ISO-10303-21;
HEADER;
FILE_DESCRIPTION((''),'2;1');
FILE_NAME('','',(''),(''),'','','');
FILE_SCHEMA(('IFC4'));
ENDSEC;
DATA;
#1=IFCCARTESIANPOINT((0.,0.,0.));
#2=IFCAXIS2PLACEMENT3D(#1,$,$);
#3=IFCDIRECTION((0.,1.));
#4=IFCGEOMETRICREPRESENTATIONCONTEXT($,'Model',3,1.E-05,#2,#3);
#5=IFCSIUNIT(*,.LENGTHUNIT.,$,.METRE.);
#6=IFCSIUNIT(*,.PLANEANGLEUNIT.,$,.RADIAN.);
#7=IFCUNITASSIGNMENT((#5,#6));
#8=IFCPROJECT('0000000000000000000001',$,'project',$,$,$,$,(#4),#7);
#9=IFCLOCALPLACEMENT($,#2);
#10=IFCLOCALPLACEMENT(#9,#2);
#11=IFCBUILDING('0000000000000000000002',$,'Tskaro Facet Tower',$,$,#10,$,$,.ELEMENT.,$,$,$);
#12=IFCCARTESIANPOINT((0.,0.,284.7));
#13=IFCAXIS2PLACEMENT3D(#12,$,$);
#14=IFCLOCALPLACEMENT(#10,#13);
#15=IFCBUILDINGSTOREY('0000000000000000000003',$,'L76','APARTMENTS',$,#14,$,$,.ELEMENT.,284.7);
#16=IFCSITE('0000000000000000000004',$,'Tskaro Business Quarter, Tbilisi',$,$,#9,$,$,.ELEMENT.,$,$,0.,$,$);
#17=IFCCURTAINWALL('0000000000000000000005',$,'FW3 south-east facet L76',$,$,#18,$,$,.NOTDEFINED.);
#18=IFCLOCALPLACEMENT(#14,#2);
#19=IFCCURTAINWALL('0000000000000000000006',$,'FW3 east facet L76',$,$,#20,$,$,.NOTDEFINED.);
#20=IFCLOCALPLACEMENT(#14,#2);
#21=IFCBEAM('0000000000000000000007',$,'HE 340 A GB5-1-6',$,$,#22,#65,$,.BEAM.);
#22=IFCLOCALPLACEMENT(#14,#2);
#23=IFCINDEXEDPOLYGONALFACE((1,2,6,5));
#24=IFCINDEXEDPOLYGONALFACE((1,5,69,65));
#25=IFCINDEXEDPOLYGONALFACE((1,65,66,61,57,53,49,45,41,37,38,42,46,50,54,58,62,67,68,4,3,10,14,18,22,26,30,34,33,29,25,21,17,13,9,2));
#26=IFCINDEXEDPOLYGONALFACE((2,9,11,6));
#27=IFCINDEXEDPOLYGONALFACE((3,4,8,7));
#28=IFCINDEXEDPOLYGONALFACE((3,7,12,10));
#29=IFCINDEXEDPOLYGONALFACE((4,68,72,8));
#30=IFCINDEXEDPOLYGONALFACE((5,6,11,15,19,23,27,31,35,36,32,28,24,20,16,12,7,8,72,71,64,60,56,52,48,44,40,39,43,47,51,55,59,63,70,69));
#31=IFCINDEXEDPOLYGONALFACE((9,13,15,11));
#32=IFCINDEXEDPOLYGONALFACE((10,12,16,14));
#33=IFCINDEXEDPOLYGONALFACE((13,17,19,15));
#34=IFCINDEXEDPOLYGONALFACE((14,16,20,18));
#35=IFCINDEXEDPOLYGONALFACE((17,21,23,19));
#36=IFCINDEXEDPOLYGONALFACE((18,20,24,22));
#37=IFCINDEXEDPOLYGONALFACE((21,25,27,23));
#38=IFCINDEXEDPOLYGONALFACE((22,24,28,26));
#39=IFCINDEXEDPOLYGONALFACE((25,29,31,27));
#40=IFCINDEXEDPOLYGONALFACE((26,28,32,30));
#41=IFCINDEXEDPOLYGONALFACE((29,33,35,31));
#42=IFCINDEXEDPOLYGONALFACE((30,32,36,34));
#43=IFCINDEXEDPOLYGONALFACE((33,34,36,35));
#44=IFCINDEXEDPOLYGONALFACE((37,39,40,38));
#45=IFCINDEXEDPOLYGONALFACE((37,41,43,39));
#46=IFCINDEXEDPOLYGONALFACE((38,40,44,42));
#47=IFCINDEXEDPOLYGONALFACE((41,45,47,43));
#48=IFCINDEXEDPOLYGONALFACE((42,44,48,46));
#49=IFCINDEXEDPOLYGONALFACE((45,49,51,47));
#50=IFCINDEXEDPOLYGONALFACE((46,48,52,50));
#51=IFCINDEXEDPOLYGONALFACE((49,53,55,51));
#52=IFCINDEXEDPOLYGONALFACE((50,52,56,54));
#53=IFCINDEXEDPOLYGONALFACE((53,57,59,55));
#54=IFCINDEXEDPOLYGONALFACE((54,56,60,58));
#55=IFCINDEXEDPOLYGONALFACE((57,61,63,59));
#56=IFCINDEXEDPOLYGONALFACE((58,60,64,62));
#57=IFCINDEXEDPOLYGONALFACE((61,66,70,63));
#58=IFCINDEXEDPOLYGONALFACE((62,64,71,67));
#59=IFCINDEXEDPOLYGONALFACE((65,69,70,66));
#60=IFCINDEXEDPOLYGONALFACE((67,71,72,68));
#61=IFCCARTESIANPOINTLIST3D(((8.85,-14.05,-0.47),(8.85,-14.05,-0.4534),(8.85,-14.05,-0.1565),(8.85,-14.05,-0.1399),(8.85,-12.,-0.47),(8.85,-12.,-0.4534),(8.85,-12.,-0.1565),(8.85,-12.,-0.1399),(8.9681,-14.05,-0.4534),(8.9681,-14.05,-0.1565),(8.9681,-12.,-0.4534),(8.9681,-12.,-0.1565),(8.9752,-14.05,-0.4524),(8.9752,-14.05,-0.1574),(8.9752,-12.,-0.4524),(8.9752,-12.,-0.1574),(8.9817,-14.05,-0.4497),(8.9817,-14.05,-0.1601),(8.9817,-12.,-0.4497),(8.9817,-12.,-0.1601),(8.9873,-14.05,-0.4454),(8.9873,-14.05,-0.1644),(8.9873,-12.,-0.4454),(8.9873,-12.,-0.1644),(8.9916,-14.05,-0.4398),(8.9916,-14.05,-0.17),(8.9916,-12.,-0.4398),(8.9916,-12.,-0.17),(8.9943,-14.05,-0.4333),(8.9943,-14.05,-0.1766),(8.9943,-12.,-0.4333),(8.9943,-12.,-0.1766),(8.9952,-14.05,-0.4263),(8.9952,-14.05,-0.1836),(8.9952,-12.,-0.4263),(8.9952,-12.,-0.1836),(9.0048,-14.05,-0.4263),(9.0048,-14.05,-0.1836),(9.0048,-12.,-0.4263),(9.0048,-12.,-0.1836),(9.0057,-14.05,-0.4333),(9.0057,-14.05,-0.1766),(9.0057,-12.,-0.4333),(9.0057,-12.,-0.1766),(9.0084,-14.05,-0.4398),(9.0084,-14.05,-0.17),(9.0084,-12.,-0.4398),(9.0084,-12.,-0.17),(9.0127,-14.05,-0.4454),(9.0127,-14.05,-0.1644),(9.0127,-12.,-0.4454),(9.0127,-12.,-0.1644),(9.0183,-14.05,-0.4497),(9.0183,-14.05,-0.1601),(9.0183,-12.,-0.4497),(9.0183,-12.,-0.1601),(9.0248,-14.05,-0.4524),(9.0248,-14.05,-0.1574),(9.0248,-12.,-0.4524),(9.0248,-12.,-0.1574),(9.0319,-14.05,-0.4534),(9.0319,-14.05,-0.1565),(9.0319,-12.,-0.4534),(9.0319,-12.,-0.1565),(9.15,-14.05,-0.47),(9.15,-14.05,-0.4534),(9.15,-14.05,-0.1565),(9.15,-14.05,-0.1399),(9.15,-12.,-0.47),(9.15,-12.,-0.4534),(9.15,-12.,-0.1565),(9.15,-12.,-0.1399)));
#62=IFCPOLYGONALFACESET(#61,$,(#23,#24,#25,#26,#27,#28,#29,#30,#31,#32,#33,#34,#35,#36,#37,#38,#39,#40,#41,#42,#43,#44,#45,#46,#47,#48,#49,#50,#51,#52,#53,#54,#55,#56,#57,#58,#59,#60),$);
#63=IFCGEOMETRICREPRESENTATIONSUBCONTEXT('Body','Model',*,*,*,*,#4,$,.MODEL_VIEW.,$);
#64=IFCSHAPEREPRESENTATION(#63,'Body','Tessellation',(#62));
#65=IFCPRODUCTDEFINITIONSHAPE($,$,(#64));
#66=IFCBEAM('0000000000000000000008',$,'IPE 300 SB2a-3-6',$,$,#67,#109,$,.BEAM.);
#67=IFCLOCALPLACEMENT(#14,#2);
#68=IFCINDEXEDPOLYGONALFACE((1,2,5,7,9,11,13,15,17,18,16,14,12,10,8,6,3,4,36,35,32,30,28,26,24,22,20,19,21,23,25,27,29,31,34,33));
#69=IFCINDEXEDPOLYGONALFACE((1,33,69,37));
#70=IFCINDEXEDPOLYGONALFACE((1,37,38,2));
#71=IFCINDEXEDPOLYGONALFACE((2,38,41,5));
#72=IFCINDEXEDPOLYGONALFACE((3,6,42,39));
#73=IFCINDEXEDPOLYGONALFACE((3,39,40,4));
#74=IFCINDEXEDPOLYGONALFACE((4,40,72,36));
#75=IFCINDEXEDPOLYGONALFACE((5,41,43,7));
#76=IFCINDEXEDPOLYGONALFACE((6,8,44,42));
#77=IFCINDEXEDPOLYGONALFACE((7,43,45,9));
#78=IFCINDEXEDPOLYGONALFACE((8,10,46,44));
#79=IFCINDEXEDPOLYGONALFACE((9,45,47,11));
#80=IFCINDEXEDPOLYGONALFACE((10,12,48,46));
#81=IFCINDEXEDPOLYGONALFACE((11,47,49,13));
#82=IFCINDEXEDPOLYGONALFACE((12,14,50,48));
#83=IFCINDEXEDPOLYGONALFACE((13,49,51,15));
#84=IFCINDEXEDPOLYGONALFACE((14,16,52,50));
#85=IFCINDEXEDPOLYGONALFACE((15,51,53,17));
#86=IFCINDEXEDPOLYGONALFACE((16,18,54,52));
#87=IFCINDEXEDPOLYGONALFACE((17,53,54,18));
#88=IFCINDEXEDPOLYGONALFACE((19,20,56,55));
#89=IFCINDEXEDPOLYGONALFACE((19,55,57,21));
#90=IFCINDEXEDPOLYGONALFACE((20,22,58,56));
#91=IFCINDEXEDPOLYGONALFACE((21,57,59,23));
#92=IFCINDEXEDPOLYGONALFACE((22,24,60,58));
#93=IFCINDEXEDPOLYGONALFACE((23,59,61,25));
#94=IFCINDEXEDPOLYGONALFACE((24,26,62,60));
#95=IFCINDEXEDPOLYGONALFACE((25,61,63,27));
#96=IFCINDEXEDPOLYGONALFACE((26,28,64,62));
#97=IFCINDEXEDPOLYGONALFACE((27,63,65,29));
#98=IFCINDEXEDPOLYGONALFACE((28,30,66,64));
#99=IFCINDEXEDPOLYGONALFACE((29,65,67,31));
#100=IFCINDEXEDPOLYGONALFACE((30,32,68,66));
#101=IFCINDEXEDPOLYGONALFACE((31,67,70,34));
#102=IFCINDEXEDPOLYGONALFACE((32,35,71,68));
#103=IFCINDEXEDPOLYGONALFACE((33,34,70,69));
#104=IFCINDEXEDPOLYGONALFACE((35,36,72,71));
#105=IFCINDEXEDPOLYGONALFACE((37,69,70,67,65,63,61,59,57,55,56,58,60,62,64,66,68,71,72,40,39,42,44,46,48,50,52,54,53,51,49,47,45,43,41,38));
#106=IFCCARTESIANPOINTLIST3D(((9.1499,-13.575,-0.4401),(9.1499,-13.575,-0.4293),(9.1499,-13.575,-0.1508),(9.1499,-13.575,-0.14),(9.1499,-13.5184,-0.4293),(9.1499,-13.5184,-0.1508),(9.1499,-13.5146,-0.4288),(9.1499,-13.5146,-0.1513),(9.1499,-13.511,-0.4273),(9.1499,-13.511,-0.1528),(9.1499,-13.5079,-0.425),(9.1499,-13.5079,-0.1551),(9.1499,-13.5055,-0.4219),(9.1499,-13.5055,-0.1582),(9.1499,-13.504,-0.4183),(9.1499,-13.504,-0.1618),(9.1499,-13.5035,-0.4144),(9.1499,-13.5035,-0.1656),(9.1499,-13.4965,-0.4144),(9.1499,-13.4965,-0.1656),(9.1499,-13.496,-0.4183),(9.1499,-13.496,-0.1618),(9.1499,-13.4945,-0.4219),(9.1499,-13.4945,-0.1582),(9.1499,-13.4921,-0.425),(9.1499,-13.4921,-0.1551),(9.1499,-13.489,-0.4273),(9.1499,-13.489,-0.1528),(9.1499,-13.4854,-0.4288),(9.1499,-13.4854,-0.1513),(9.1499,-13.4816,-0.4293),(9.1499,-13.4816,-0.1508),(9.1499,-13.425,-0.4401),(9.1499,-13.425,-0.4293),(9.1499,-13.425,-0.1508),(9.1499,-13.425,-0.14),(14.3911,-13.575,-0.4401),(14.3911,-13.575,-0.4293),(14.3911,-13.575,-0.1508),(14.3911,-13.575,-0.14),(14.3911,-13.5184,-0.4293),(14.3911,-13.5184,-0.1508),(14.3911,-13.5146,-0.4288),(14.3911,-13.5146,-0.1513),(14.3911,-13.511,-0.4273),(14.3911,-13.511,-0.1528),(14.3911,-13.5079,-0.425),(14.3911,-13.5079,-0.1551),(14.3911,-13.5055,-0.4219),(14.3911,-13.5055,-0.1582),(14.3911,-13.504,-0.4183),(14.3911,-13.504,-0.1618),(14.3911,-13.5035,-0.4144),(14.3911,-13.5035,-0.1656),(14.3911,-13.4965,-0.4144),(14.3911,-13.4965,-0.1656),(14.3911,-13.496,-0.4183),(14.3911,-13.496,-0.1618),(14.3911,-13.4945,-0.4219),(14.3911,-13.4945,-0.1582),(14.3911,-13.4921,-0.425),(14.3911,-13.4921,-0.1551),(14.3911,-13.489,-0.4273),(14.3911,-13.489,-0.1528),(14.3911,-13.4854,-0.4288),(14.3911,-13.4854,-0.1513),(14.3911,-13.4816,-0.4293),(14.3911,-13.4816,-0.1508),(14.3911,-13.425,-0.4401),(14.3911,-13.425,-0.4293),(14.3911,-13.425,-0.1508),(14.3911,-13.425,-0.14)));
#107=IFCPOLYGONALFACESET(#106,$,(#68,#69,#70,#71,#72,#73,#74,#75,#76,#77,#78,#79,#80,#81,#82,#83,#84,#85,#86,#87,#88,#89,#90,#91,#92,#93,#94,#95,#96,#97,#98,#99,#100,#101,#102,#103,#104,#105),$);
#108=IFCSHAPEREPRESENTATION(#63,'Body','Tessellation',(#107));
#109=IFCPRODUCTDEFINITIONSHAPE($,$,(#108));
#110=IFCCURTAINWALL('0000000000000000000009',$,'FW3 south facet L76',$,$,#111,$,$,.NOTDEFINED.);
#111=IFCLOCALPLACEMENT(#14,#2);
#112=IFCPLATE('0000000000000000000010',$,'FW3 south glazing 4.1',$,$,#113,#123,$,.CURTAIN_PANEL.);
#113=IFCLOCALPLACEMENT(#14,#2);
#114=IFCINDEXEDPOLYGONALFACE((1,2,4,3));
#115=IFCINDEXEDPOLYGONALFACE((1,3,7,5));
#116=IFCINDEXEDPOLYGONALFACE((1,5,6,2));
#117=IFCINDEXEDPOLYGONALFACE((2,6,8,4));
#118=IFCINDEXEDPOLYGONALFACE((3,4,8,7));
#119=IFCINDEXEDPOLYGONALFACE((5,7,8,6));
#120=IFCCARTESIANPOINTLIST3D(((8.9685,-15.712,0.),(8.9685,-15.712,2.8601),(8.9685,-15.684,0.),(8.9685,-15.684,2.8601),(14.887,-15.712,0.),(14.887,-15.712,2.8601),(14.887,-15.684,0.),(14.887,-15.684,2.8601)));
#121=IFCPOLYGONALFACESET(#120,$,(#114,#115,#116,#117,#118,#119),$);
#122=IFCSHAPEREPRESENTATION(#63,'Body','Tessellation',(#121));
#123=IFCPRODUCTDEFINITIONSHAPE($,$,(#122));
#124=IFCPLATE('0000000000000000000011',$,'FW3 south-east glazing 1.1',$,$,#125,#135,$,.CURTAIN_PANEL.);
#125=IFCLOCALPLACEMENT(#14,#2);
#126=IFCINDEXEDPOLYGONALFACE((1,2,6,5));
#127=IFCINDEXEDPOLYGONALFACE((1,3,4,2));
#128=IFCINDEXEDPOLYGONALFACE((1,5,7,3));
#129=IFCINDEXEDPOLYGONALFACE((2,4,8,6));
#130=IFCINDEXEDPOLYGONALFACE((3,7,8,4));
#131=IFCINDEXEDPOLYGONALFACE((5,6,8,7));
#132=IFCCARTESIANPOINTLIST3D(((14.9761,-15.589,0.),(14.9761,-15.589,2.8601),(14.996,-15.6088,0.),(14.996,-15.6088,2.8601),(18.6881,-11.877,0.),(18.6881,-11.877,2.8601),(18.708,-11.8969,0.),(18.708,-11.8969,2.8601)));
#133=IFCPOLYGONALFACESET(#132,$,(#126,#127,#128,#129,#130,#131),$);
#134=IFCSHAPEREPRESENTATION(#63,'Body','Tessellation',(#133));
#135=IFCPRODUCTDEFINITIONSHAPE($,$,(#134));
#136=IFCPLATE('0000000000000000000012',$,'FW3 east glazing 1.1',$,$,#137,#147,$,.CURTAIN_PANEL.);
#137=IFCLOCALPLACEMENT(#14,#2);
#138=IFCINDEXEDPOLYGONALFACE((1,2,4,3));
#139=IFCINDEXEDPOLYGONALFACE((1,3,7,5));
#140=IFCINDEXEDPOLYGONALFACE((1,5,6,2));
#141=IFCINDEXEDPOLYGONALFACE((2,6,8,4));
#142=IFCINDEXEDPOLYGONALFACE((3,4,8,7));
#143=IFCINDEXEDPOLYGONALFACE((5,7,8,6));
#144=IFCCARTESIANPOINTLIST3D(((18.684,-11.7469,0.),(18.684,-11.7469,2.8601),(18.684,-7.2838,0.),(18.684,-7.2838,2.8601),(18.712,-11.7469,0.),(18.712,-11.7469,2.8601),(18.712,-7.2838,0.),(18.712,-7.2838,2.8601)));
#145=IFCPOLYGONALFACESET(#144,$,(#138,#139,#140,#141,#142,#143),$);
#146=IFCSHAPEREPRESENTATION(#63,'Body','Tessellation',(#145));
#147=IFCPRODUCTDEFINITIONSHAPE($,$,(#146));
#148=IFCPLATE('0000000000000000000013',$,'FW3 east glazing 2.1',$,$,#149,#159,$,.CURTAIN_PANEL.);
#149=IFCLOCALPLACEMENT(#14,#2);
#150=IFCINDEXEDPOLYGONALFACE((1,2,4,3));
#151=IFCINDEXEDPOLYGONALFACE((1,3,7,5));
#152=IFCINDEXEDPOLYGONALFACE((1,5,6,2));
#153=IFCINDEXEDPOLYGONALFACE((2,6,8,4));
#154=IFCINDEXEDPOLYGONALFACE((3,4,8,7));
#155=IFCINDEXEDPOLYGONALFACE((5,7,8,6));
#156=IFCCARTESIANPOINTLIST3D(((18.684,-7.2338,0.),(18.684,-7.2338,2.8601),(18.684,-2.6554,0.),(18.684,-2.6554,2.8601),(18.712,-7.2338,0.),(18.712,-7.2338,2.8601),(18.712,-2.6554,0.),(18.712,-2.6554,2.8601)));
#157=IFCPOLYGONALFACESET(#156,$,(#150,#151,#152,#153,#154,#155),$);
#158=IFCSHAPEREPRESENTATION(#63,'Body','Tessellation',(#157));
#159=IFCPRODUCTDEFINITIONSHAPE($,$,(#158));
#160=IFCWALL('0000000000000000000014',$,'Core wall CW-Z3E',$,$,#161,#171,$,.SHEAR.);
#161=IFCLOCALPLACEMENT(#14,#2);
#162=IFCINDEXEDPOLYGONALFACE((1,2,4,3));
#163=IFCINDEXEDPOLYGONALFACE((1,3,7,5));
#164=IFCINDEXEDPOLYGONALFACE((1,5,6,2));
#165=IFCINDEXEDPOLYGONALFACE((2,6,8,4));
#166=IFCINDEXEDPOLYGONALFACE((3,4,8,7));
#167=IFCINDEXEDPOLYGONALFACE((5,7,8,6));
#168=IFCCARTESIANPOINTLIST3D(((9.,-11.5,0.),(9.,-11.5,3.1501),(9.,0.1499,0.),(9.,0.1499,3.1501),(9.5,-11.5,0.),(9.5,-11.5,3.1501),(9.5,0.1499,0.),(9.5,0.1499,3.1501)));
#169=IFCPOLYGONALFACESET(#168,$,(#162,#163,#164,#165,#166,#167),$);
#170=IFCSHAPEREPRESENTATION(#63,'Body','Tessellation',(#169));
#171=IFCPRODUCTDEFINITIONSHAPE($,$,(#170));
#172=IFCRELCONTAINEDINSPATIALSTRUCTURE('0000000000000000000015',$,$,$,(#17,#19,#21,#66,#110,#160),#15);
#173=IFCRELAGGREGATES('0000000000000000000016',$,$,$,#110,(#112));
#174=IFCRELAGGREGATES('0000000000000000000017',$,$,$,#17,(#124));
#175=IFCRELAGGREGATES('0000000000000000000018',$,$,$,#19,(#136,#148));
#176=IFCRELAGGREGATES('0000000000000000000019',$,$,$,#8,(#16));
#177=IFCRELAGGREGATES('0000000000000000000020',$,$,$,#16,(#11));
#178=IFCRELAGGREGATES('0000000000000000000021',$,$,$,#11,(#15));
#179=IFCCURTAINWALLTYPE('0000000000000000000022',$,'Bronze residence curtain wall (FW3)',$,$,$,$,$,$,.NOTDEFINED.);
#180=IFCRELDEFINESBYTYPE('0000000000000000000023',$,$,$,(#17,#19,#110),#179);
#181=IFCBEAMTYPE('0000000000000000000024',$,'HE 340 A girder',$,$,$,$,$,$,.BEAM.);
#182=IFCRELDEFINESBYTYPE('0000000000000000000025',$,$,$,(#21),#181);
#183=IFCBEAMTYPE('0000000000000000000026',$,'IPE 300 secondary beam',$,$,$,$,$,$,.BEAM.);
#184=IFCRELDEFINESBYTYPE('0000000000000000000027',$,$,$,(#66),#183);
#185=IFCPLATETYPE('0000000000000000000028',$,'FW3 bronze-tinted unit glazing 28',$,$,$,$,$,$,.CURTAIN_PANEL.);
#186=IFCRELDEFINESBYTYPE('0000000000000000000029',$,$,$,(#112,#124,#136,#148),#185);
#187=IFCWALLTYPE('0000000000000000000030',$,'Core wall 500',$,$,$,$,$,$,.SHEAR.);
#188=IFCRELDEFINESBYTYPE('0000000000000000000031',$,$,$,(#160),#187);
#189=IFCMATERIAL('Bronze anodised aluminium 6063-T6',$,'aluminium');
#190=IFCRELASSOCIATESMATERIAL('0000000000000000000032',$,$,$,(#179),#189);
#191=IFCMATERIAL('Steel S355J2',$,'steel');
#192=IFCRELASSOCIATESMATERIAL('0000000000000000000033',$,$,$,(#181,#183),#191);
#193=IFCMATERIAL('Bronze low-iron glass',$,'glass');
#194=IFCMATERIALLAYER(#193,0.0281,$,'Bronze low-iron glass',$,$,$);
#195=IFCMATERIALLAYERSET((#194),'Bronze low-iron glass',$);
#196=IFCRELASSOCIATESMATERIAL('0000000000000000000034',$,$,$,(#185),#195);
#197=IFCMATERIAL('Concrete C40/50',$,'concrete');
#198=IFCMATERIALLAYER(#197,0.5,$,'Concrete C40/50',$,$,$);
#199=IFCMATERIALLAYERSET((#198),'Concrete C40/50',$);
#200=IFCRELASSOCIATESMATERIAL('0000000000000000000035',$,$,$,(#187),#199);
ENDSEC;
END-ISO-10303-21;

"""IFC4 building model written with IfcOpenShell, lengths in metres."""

from ifc_helpers import new_model, si_unit, direction, frame, frame_2d, origin, origin_2d, place, context, subcontext, project, spatial, rectangle, i_section, extrude, material, layer, layer_set, material_profile, profile_set, type_object, element, aggregate, save


model = new_model("IFC4")

# Units and contexts
model_context = context("Model", 3, precision=1e-05, world=origin(), true_north=direction((0.0, 1.0)))
body_context = subcontext(model_context, "Body", "Model", "MODEL_VIEW")
ifc_project = project(units=[si_unit("LENGTHUNIT", "METRE"), si_unit("PLANEANGLEUNIT", "RADIAN")], contexts=[model_context])

# Site, building, storey
site_placement = place(None, origin())
site = spatial("IfcSite", under=ifc_project, at=site_placement, Name="Tskaro Business Quarter, Tbilisi", CompositionType="ELEMENT", RefElevation=0.0)
building_placement = place(site_placement, origin())
building = spatial("IfcBuilding", under=site, at=building_placement, Name="Tskaro Facet Tower", CompositionType="ELEMENT")
storey_placement = place(building_placement, frame((0.0, 0.0, 284.7)))
storey = spatial("IfcBuildingStorey", under=building, at=storey_placement, Name="L76", Description="APARTMENTS", CompositionType="ELEMENT", Elevation=284.7)

# Shared definitions
ifc_material_1 = material(Name="Steel S355J2", Category="steel")

# Curtain wall
ifc_material_2 = material(Name="Bronze anodised aluminium 6063-T6", Category="aluminium")
curtain_wall_type = type_object("IfcCurtainWallType", Name="Bronze residence curtain wall (FW3)", PredefinedType="NOTDEFINED", material=ifc_material_2)
curtain_wall_1_placement = place(storey_placement, origin())
curtain_wall_1 = element("IfcCurtainWall", 1, at=curtain_wall_1_placement, inside=storey, type_object=curtain_wall_type, Name="FW3 south-east facet L76", PredefinedType="NOTDEFINED")

# Curtain wall
curtain_wall_2_placement = place(storey_placement, origin())
curtain_wall_2 = element("IfcCurtainWall", 2, at=curtain_wall_2_placement, inside=storey, type_object=curtain_wall_type, Name="FW3 east facet L76", PredefinedType="NOTDEFINED")

# Beams
ifc_material_profile_1 = material_profile(ifc_material_1, i_section(OverallWidth=0.3, OverallDepth=0.3301, WebThickness=0.0095, FlangeThickness=0.0166, FilletRadius=0.0271, at=origin_2d()), Name="HE 340 A")
ifc_profile_set_1 = profile_set([ifc_material_profile_1], Name="Steel S355J2")
beam_type_1 = type_object("IfcBeamType", Name="HE 340 A girder", PredefinedType="BEAM", material=ifc_profile_set_1)
beam_1_placement = place(storey_placement, frame((9.0, -14.05, -0.3049), z_axis=(0.0, 1.0, 0.0), x_axis=(-1.0, 0.0, 0.0)))
element("IfcBeam", 3, at=beam_1_placement, inside=storey, type_object=beam_type_1, Name="HE 340 A GB5-1-6", PredefinedType="BEAM", context=body_context, shape_type="SweptSolid", body=[
    extrude(i_section(OverallWidth=0.3, OverallDepth=0.3301, WebThickness=0.0095, FlangeThickness=0.0166, FilletRadius=0.0271, at=origin_2d()), origin(), (0.0, 0.0, 1.0), 2.05),
])
ifc_material_profile_2 = material_profile(ifc_material_1, i_section(OverallWidth=0.1499, OverallDepth=0.3, WebThickness=0.0071, FlangeThickness=0.0107, FilletRadius=0.0149, at=origin_2d()), Name="IPE 300")
ifc_profile_set_2 = profile_set([ifc_material_profile_2], Name="Steel S355J2")
beam_type_2 = type_object("IfcBeamType", Name="IPE 300 secondary beam", PredefinedType="BEAM", material=ifc_profile_set_2)
beam_2_placement = place(storey_placement, frame((9.1499, -13.5, -0.29), z_axis=(1.0, 0.0, 0.0), x_axis=(0.0, 1.0, 0.0)))
element("IfcBeam", 4, at=beam_2_placement, inside=storey, type_object=beam_type_2, Name="IPE 300 SB2a-3-6", PredefinedType="BEAM", context=body_context, shape_type="SweptSolid", body=[
    extrude(i_section(OverallWidth=0.1499, OverallDepth=0.3, WebThickness=0.0071, FlangeThickness=0.0107, FilletRadius=0.0149, at=origin_2d()), origin(), (0.0, 0.0, 1.0), 5.2412),
])

# Curtain wall, plate
curtain_wall_3_placement = place(storey_placement, origin())
curtain_wall_3 = element("IfcCurtainWall", 5, at=curtain_wall_3_placement, inside=storey, type_object=curtain_wall_type, Name="FW3 south facet L76", PredefinedType="NOTDEFINED")
ifc_material_3 = material(Name="Bronze low-iron glass", Category="glass")
ifc_layer_1 = layer(ifc_material_3, 0.0281, Name="Bronze low-iron glass")
ifc_layer_set_1 = layer_set([ifc_layer_1], Name="Bronze low-iron glass")
plate_type = type_object("IfcPlateType", Name="FW3 bronze-tinted unit glazing 28", PredefinedType="CURTAIN_PANEL", material=ifc_layer_set_1)
plate_1_placement = place(storey_placement, frame((11.9277, -15.698, 0.0), z_axis=(0.0, 0.0, 1.0), x_axis=(1.0, 0.0, 0.0)))
plate_1 = element("IfcPlate", 6, at=plate_1_placement, type_object=plate_type, Name="FW3 south glazing 4.1", PredefinedType="CURTAIN_PANEL", context=body_context, shape_type="SweptSolid", body=[
    extrude(rectangle(XDim=5.9185, YDim=0.0281, at=origin_2d()), origin(), (0.0, 0.0, 1.0), 2.8601),
])
aggregate(curtain_wall_3, [plate_1])

# Plates
plate_2_placement = place(storey_placement, frame((16.842, -13.7429, 0.0), z_axis=(0.0, 0.0, 1.0), x_axis=(0.707107, 0.707107, 0.0)))
plate_2 = element("IfcPlate", 7, at=plate_2_placement, type_object=plate_type, Name="FW3 south-east glazing 1.1", PredefinedType="CURTAIN_PANEL", context=body_context, shape_type="SweptSolid", body=[
    extrude(rectangle(XDim=5.2495, YDim=0.0281, at=origin_2d()), origin(), (0.0, 0.0, 1.0), 2.8601),
])
aggregate(curtain_wall_1, [plate_2])
plate_3_placement = place(storey_placement, frame((18.698, -9.5154, 0.0), z_axis=(0.0, 0.0, 1.0), x_axis=(0.0, 1.0, 0.0)))
plate_3 = element("IfcPlate", 8, at=plate_3_placement, type_object=plate_type, Name="FW3 east glazing 1.1", PredefinedType="CURTAIN_PANEL", context=body_context, shape_type="SweptSolid", body=[
    extrude(rectangle(XDim=4.4631, YDim=0.0281, at=origin_2d()), origin(), (0.0, 0.0, 1.0), 2.8601),
])
plate_4_placement = place(storey_placement, frame((18.698, -4.9446, 0.0), z_axis=(0.0, 0.0, 1.0), x_axis=(0.0, 1.0, 0.0)))
plate_4 = element("IfcPlate", 9, at=plate_4_placement, type_object=plate_type, Name="FW3 east glazing 2.1", PredefinedType="CURTAIN_PANEL", context=body_context, shape_type="SweptSolid", body=[
    extrude(rectangle(XDim=4.5784, YDim=0.0281, at=origin_2d()), origin(), (0.0, 0.0, 1.0), 2.8601),
])
aggregate(curtain_wall_2, [plate_3, plate_4])

# Wall
ifc_material_4 = material(Name="Concrete C40/50", Category="concrete")
ifc_layer_2 = layer(ifc_material_4, 0.5, Name="Concrete C40/50")
ifc_layer_set_2 = layer_set([ifc_layer_2], Name="Concrete C40/50")
wall_type_1 = type_object("IfcWallType", Name="Core wall 500", PredefinedType="SHEAR", material=ifc_layer_set_2)
wall_1_placement = place(storey_placement, frame((9.25, -11.5, 0.0), z_axis=(0.0, 0.0, 1.0), x_axis=(0.0, 1.0, 0.0)))
element("IfcWall", 10, at=wall_1_placement, inside=storey, type_object=wall_type_1, Name="Core wall CW-Z3E", PredefinedType="SHEAR", context=body_context, shape_type="SweptSolid", body=[
    extrude(rectangle(XDim=11.6499, YDim=0.5, at=frame_2d((5.825, 0.0))), origin(), (0.0, 0.0, 1.0), 3.1501),
])

save(model, "model.ifc")
